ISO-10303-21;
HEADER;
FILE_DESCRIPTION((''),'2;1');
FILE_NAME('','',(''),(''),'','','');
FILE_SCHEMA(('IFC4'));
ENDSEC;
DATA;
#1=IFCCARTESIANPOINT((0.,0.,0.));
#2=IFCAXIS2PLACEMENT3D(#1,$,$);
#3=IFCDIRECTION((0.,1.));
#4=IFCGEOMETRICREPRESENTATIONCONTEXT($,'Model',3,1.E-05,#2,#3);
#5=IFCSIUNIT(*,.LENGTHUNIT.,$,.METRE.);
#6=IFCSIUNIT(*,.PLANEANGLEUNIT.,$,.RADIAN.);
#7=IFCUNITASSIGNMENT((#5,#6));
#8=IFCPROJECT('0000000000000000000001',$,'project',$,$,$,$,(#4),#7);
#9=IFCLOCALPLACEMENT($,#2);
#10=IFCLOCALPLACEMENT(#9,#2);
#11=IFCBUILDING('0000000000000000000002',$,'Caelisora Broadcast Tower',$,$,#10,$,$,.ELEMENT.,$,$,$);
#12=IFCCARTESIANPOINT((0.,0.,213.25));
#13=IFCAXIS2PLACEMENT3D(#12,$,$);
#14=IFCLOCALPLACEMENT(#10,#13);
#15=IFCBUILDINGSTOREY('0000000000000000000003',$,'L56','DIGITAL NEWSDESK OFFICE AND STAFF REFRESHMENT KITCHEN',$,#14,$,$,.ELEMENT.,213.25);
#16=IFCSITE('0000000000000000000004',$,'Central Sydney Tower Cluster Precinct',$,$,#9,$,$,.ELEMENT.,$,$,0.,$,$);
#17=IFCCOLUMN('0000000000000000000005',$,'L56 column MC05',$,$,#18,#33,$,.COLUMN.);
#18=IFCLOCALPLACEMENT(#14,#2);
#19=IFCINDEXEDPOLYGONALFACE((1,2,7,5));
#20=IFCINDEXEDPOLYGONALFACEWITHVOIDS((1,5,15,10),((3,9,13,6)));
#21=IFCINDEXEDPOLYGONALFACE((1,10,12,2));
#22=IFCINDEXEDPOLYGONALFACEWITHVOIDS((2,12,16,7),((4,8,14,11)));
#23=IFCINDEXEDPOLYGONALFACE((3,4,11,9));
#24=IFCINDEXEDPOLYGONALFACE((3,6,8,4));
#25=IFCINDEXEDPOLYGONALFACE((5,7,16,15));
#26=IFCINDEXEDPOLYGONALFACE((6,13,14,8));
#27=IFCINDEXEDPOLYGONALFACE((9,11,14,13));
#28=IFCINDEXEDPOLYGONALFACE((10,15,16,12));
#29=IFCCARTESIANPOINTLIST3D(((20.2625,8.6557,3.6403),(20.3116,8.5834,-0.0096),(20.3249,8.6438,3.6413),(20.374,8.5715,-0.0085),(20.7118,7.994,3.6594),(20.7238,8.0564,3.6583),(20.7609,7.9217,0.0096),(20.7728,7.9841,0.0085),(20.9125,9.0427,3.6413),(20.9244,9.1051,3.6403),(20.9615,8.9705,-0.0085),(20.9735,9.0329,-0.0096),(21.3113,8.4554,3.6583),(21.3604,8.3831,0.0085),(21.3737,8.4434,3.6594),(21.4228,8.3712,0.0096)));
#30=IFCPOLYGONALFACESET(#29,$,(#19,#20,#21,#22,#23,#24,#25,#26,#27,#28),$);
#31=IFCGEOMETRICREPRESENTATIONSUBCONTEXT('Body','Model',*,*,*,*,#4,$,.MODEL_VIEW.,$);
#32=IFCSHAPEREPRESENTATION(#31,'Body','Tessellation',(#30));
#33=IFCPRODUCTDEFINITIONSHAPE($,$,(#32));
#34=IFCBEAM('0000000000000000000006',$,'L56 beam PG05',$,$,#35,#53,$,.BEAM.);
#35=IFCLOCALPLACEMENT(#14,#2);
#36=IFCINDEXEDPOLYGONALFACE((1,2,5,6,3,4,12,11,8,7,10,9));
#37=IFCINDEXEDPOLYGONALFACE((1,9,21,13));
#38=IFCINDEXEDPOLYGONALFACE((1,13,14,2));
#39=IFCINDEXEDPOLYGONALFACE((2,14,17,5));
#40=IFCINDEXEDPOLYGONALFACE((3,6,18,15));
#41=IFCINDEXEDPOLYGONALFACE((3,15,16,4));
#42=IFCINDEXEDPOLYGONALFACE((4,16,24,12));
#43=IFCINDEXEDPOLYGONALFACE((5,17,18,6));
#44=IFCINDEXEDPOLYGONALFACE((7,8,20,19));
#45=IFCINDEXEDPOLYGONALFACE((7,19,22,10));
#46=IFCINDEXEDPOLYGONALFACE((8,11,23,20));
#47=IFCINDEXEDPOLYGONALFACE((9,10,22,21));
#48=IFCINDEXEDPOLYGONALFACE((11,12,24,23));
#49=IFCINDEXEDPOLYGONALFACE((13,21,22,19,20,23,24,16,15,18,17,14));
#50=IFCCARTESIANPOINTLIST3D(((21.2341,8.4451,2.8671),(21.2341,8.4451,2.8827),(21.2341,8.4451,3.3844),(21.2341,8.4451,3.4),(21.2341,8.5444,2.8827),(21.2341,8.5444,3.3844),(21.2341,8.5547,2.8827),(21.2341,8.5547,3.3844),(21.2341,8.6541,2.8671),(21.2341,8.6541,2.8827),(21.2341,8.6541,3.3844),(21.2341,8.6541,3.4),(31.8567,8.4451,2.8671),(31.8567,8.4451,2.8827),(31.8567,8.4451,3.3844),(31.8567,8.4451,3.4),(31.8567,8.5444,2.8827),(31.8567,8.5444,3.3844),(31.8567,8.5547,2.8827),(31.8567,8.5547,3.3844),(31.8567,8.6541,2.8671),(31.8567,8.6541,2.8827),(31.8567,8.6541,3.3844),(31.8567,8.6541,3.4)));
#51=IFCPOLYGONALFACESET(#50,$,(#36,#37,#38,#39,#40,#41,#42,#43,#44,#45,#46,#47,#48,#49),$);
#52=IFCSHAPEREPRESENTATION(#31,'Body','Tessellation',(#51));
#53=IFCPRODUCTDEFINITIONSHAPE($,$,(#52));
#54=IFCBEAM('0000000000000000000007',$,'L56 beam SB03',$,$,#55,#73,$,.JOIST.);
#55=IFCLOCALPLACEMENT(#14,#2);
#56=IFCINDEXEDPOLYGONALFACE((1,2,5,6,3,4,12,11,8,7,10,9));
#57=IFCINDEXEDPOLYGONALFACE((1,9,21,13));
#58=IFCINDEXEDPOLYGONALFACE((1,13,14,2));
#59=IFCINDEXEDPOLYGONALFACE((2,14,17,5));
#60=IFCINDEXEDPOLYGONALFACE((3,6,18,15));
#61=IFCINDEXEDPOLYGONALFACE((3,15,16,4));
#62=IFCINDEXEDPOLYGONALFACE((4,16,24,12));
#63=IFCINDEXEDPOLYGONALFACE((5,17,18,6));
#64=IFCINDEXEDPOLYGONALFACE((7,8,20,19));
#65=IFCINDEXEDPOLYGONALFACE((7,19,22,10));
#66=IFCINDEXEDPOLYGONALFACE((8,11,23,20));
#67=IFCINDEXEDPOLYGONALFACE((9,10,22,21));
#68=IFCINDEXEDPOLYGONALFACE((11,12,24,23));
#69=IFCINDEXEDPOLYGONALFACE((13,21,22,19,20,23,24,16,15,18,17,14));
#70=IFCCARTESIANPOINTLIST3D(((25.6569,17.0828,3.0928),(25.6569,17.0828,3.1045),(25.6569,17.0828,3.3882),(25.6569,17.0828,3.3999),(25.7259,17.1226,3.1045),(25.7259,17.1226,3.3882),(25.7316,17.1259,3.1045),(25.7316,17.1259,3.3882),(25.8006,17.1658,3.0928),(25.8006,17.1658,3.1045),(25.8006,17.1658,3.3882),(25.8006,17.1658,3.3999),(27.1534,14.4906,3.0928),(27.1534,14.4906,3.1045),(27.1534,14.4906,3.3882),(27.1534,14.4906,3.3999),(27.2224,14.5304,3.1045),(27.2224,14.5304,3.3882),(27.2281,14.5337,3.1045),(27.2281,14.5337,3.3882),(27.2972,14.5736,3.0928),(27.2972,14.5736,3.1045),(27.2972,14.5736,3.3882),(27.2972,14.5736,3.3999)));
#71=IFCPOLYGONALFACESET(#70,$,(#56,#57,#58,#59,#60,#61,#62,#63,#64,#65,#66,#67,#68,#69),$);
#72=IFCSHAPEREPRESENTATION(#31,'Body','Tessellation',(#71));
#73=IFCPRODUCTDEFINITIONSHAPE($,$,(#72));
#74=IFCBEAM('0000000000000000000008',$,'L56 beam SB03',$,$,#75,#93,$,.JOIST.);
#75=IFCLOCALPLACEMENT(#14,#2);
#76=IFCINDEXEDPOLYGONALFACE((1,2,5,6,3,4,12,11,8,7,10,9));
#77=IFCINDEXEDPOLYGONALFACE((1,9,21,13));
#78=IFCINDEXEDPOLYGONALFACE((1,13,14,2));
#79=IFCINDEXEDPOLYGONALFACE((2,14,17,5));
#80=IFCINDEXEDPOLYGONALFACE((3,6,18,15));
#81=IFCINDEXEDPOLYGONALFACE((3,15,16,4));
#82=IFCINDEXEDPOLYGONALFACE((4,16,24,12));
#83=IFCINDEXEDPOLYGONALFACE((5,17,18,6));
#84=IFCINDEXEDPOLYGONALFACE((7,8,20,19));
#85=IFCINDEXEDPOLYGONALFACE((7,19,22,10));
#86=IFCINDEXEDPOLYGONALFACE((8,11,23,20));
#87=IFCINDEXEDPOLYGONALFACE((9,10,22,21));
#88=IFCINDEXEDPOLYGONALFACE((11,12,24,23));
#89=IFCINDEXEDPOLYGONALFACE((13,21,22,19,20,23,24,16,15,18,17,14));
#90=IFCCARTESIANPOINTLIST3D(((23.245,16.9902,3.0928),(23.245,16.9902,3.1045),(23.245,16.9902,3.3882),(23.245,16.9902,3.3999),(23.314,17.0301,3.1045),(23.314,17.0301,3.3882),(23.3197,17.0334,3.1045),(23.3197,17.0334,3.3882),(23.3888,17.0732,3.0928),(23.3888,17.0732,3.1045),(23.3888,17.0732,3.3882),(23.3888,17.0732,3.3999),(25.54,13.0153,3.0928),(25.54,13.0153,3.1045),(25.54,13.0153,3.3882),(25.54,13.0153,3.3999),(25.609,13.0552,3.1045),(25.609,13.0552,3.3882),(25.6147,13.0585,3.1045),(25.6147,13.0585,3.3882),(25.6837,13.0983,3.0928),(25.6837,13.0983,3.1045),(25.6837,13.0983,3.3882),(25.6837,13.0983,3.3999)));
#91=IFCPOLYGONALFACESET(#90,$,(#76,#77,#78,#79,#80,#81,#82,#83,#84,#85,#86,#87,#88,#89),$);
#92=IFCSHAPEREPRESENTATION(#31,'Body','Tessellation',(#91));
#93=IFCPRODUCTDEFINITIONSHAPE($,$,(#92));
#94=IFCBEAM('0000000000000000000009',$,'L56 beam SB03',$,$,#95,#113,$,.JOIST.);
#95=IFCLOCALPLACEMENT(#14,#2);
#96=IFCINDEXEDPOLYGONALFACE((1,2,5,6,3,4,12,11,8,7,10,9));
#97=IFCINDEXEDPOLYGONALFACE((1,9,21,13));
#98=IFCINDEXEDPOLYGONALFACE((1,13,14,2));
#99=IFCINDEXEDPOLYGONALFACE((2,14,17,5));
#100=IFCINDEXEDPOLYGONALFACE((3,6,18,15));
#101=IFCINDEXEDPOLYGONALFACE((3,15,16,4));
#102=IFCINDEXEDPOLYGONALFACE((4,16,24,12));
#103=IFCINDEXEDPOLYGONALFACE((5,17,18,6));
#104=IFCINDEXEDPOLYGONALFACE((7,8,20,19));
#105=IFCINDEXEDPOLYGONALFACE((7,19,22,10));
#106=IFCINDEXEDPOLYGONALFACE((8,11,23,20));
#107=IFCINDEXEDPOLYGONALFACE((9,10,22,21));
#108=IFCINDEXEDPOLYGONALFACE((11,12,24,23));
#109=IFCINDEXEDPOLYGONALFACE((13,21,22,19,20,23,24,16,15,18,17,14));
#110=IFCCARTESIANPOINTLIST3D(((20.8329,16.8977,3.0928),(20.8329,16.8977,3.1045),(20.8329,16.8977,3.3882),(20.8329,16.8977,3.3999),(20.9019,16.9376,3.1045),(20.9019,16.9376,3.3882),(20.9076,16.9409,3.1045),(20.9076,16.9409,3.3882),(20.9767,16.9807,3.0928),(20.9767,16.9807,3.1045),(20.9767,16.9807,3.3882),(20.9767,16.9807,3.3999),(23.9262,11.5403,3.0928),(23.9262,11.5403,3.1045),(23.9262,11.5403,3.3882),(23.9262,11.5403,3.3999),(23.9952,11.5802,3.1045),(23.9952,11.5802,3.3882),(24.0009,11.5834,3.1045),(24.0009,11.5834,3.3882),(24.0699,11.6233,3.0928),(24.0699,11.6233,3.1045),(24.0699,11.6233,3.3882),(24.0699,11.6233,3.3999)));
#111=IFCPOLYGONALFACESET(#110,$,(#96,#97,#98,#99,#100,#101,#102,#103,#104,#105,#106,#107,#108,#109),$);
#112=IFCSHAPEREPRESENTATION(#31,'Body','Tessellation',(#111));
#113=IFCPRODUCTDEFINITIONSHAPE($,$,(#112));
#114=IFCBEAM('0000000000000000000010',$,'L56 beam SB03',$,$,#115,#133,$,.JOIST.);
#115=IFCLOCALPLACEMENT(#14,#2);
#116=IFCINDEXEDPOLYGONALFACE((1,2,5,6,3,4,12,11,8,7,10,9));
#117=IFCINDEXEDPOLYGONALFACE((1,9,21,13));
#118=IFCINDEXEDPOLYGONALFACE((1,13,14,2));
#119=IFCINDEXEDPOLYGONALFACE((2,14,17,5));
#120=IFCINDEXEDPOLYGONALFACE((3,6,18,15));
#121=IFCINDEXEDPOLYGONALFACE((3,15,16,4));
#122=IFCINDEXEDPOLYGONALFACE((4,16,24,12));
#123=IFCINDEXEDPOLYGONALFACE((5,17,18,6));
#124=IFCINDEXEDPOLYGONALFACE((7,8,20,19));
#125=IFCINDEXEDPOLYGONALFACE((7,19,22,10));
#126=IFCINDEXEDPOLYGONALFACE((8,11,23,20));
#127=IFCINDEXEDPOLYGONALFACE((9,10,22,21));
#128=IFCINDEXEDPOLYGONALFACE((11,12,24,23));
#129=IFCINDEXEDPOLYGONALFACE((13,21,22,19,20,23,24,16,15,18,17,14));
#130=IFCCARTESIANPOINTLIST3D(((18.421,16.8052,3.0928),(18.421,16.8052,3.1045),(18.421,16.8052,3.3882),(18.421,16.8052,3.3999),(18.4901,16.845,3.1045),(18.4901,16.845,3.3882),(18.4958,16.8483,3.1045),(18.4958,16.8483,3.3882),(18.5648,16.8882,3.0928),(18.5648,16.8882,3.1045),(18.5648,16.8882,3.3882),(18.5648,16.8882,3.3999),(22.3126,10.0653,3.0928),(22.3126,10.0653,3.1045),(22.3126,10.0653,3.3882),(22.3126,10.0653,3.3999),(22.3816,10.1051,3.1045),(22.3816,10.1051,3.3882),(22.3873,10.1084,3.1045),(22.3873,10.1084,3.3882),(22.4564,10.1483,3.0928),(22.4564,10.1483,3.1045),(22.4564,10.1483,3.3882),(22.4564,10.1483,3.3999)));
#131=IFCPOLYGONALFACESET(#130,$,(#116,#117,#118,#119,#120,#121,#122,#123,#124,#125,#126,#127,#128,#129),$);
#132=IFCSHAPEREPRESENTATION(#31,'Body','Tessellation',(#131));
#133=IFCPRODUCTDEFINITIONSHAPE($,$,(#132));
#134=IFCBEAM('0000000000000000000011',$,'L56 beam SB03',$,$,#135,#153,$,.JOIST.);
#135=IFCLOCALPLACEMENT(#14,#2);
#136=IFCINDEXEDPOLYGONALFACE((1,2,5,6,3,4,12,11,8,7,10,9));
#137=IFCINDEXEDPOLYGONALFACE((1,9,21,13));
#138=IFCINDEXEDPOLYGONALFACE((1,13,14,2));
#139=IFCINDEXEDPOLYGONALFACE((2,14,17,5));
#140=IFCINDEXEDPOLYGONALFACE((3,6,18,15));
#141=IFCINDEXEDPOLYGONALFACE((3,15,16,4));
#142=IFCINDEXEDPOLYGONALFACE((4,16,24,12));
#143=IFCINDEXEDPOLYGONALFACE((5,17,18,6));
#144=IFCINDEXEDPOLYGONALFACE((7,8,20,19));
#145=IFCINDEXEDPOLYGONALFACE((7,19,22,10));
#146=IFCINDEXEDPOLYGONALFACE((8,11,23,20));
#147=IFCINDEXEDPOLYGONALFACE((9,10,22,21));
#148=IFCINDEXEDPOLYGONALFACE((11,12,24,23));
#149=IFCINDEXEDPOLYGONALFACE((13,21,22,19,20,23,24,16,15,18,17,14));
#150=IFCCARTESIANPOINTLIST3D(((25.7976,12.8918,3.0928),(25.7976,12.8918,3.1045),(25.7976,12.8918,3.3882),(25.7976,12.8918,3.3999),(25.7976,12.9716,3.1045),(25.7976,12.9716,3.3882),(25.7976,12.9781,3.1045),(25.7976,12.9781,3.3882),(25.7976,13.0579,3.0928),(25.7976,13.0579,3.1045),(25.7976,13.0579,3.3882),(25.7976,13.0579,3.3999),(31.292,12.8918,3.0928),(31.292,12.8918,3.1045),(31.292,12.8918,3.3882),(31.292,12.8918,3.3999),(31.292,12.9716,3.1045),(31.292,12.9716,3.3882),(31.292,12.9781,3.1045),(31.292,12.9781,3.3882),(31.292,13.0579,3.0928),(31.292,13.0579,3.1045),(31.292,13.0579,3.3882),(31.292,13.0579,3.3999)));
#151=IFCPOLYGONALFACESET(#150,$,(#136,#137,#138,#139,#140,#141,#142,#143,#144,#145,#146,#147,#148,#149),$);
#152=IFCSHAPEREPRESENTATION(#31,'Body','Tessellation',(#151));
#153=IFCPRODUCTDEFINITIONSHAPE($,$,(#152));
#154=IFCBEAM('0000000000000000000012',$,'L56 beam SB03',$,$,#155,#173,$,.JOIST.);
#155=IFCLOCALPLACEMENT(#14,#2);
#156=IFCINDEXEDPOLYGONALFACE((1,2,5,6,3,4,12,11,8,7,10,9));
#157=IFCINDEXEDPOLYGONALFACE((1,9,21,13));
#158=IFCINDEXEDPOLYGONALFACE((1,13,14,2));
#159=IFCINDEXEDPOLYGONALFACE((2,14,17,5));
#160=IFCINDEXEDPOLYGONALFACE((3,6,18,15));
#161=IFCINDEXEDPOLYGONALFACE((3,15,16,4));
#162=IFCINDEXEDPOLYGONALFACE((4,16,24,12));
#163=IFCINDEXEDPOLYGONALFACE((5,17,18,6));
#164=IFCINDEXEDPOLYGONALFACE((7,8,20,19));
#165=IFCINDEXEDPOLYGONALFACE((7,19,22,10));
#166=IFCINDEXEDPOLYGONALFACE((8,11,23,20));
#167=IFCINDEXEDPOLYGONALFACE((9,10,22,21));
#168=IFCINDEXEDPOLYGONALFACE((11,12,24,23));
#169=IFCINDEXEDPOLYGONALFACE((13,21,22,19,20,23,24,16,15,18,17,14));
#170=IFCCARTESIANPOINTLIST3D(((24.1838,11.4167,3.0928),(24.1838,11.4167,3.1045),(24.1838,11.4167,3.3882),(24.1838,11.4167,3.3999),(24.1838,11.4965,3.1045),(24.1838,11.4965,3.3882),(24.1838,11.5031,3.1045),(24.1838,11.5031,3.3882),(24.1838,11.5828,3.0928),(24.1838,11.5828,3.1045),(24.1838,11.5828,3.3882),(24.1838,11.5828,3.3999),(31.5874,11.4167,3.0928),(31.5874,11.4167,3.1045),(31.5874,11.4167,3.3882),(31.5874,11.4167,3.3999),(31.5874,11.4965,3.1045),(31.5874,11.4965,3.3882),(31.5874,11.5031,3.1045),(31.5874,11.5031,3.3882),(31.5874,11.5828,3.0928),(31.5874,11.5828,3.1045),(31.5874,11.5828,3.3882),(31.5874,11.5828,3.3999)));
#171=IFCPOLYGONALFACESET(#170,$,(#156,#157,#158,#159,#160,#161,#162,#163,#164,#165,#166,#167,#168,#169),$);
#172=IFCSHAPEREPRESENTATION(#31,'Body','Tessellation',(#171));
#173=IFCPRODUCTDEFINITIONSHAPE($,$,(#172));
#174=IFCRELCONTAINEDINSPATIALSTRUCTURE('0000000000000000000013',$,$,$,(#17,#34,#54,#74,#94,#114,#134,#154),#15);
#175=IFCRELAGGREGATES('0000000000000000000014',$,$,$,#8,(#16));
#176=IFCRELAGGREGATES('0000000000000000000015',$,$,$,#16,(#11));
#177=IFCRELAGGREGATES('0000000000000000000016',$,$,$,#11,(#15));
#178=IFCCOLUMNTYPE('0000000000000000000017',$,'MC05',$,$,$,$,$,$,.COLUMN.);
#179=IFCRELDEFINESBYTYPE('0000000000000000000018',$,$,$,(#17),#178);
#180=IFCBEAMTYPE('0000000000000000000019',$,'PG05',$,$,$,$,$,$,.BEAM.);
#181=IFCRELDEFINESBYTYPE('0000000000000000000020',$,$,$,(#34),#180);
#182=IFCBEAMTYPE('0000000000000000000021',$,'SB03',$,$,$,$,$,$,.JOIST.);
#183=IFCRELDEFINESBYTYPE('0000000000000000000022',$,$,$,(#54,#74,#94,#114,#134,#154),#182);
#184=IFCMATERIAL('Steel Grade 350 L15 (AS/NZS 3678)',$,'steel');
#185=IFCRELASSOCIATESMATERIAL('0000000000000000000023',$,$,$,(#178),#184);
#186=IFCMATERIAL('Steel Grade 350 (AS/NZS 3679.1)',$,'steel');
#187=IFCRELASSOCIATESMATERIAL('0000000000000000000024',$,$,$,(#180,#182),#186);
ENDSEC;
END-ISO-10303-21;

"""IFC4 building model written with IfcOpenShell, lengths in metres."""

from ifc_helpers import new_model, si_unit, direction, frame, origin, origin_2d, place, context, subcontext, project, spatial, hollow_rectangle, i_section, extrude, source, transform, mapped, material, material_profile, profile_set, type_object, type_shapes, element, save


model = new_model("IFC4")

# Units and contexts
model_context = context("Model", 3, precision=1e-05, world=origin(), true_north=direction((0.0, 1.0)))
body_context = subcontext(model_context, "Body", "Model", "MODEL_VIEW")
ifc_project = project(units=[si_unit("LENGTHUNIT", "METRE"), si_unit("PLANEANGLEUNIT", "RADIAN")], contexts=[model_context])

# Site, building, storey
site_placement = place(None, origin())
site = spatial("IfcSite", under=ifc_project, at=site_placement, Name="Central Sydney Tower Cluster Precinct", CompositionType="ELEMENT", RefElevation=0.0)
building_placement = place(site_placement, origin())
building = spatial("IfcBuilding", under=site, at=building_placement, Name="Caelisora Broadcast Tower", CompositionType="ELEMENT")
storey_placement = place(building_placement, frame((0.0, 0.0, 213.25)))
storey = spatial("IfcBuildingStorey", under=building, at=storey_placement, Name="L56", Description="DIGITAL NEWSDESK OFFICE AND STAFF REFRESHMENT KITCHEN", CompositionType="ELEMENT", Elevation=213.25)

# Column
ifc_material_1 = material(Name="Steel Grade 350 L15 (AS/NZS 3678)", Category="steel")
ifc_material_profile_1 = material_profile(ifc_material_1, hollow_rectangle(XDim=0.8, YDim=0.8, WallThickness=0.0449, at=origin_2d()), Name="Steel Grade 350 L15 (AS/NZS 3678)")
ifc_profile_set_1 = profile_set([ifc_material_profile_1], Name="Steel Grade 350 L15 (AS/NZS 3678)")
column_type = type_object("IfcColumnType", Name="MC05", PredefinedType="COLUMN", material=ifc_profile_set_1)
shared_shape_1 = source(origin(), body_context, "Body", "SweptSolid", [
    extrude(hollow_rectangle(XDim=0.8, YDim=0.8, WallThickness=0.0449, at=origin_2d()), origin(), (0.0, 0.0, 1.0), 3.6509),
])
type_shapes(column_type, [shared_shape_1])
column_placement = place(storey_placement, frame((20.8672, 8.4773, 0.0), z_axis=(-0.013441, 0.019794, 0.999714), x_axis=(-0.82729, -0.561775, 0.0)))
element("IfcColumn", 1, at=column_placement, inside=storey, type_object=column_type, Name="L56 column MC05", PredefinedType="COLUMN", context=body_context, shape_type="MappedRepresentation", body=[
    mapped(shared_shape_1, transform((0.0, 0.0, 0.0), scale=1.0)),
])

# Beams
ifc_material_2 = material(Name="Steel Grade 350 (AS/NZS 3679.1)", Category="steel")
ifc_material_profile_2 = material_profile(ifc_material_2, i_section(OverallWidth=0.209, OverallDepth=0.533, WebThickness=0.0103, FlangeThickness=0.0156, at=origin_2d()), Name="Steel Grade 350 (AS/NZS 3679.1)")
ifc_profile_set_2 = profile_set([ifc_material_profile_2], Name="Steel Grade 350 (AS/NZS 3679.1)")
beam_type_1 = type_object("IfcBeamType", Name="PG05", PredefinedType="BEAM", material=ifc_profile_set_2)
shared_shape_2 = source(origin(), body_context, "Body", "SweptSolid", [
    extrude(i_section(OverallWidth=0.209, OverallDepth=0.533, WebThickness=0.0103, FlangeThickness=0.0156, at=origin_2d()), origin(), (0.0, 0.0, 1.0), 10.6226),
])
type_shapes(beam_type_1, [shared_shape_2])
beam_1_placement = place(storey_placement, frame((21.2341, 8.5496, 3.1335), z_axis=(1.0, 0.0, 0.0), x_axis=(0.0, 1.0, 0.0)))
element("IfcBeam", 2, at=beam_1_placement, inside=storey, type_object=beam_type_1, Name="L56 beam PG05", PredefinedType="BEAM", context=body_context, shape_type="MappedRepresentation", body=[
    mapped(shared_shape_2, transform((0.0, 0.0, 0.0), scale=1.0)),
])
ifc_material_profile_3 = material_profile(ifc_material_2, i_section(OverallWidth=0.166, OverallDepth=0.3071, WebThickness=0.0066, FlangeThickness=0.0117, at=origin_2d()), Name="Steel Grade 350 (AS/NZS 3679.1)")
ifc_profile_set_3 = profile_set([ifc_material_profile_3], Name="Steel Grade 350 (AS/NZS 3679.1)")
beam_type_2 = type_object("IfcBeamType", Name="SB03", PredefinedType="JOIST", material=ifc_profile_set_3)
shared_shape_3 = source(origin(), body_context, "Body", "SweptSolid", [
    extrude(i_section(OverallWidth=0.166, OverallDepth=0.3071, WebThickness=0.0066, FlangeThickness=0.0117, at=origin_2d()), origin(), (0.0, 0.0, 1.0), 2.9932),
])
beam_2_placement = place(storey_placement, frame((25.7288, 17.1243, 3.2463), z_axis=(0.499981, -0.866036, 0.0), x_axis=(0.866036, 0.499981, 0.0)))
element("IfcBeam", 3, at=beam_2_placement, inside=storey, type_object=beam_type_2, Name="L56 beam SB03", PredefinedType="JOIST", context=body_context, shape_type="MappedRepresentation", body=[
    mapped(shared_shape_3, transform((0.0, 0.0, 0.0), scale=1.0)),
])
shared_shape_4 = source(origin(), body_context, "Body", "SweptSolid", [
    extrude(i_section(OverallWidth=0.166, OverallDepth=0.3071, WebThickness=0.0066, FlangeThickness=0.0117, at=origin_2d()), origin(), (0.0, 0.0, 1.0), 4.5898),
])
beam_3_placement = place(storey_placement, frame((23.3169, 17.0317, 3.2463), z_axis=(0.500006, -0.866022, 0.0), x_axis=(0.866022, 0.500006, 0.0)))
element("IfcBeam", 4, at=beam_3_placement, inside=storey, type_object=beam_type_2, Name="L56 beam SB03", PredefinedType="JOIST", context=body_context, shape_type="MappedRepresentation", body=[
    mapped(shared_shape_4, transform((0.0, 0.0, 0.0), scale=1.0)),
])
shared_shape_5 = source(origin(), body_context, "Body", "SweptSolid", [
    extrude(i_section(OverallWidth=0.166, OverallDepth=0.3071, WebThickness=0.0066, FlangeThickness=0.0117, at=origin_2d()), origin(), (0.0, 0.0, 1.0), 6.1863),
])
beam_4_placement = place(storey_placement, frame((20.9048, 16.9392, 3.2463), z_axis=(0.500019, -0.866015, 0.0), x_axis=(0.866015, 0.500019, 0.0)))
element("IfcBeam", 5, at=beam_4_placement, inside=storey, type_object=beam_type_2, Name="L56 beam SB03", PredefinedType="JOIST", context=body_context, shape_type="MappedRepresentation", body=[
    mapped(shared_shape_5, transform((0.0, 0.0, 0.0), scale=1.0)),
])
shared_shape_6 = source(origin(), body_context, "Body", "SweptSolid", [
    extrude(i_section(OverallWidth=0.166, OverallDepth=0.3071, WebThickness=0.0066, FlangeThickness=0.0117, at=origin_2d()), origin(), (0.0, 0.0, 1.0), 7.7827),
])
beam_5_placement = place(storey_placement, frame((18.4929, 16.8467, 3.2463), z_axis=(0.500026, -0.866011, 0.0), x_axis=(0.866011, 0.500026, 0.0)))
element("IfcBeam", 6, at=beam_5_placement, inside=storey, type_object=beam_type_2, Name="L56 beam SB03", PredefinedType="JOIST", context=body_context, shape_type="MappedRepresentation", body=[
    mapped(shared_shape_6, transform((0.0, 0.0, 0.0), scale=1.0)),
])
shared_shape_7 = source(origin(), body_context, "Body", "SweptSolid", [
    extrude(i_section(OverallWidth=0.166, OverallDepth=0.3071, WebThickness=0.0066, FlangeThickness=0.0117, at=origin_2d()), origin(), (0.0, 0.0, 1.0), 5.4944),
])
beam_6_placement = place(storey_placement, frame((25.7976, 12.9749, 3.2463), z_axis=(1.0, 0.0, 0.0), x_axis=(0.0, 1.0, 0.0)))
element("IfcBeam", 7, at=beam_6_placement, inside=storey, type_object=beam_type_2, Name="L56 beam SB03", PredefinedType="JOIST", context=body_context, shape_type="MappedRepresentation", body=[
    mapped(shared_shape_7, transform((0.0, 0.0, 0.0), scale=1.0)),
])
shared_shape_8 = source(origin(), body_context, "Body", "SweptSolid", [
    extrude(i_section(OverallWidth=0.166, OverallDepth=0.3071, WebThickness=0.0066, FlangeThickness=0.0117, at=origin_2d()), origin(), (0.0, 0.0, 1.0), 7.4036),
])
beam_7_placement = place(storey_placement, frame((24.1838, 11.4998, 3.2463), z_axis=(1.0, 0.0, 0.0), x_axis=(0.0, 1.0, 0.0)))
element("IfcBeam", 8, at=beam_7_placement, inside=storey, type_object=beam_type_2, Name="L56 beam SB03", PredefinedType="JOIST", context=body_context, shape_type="MappedRepresentation", body=[
    mapped(shared_shape_8, transform((0.0, 0.0, 0.0), scale=1.0)),
])

save(model, "model.ifc")
